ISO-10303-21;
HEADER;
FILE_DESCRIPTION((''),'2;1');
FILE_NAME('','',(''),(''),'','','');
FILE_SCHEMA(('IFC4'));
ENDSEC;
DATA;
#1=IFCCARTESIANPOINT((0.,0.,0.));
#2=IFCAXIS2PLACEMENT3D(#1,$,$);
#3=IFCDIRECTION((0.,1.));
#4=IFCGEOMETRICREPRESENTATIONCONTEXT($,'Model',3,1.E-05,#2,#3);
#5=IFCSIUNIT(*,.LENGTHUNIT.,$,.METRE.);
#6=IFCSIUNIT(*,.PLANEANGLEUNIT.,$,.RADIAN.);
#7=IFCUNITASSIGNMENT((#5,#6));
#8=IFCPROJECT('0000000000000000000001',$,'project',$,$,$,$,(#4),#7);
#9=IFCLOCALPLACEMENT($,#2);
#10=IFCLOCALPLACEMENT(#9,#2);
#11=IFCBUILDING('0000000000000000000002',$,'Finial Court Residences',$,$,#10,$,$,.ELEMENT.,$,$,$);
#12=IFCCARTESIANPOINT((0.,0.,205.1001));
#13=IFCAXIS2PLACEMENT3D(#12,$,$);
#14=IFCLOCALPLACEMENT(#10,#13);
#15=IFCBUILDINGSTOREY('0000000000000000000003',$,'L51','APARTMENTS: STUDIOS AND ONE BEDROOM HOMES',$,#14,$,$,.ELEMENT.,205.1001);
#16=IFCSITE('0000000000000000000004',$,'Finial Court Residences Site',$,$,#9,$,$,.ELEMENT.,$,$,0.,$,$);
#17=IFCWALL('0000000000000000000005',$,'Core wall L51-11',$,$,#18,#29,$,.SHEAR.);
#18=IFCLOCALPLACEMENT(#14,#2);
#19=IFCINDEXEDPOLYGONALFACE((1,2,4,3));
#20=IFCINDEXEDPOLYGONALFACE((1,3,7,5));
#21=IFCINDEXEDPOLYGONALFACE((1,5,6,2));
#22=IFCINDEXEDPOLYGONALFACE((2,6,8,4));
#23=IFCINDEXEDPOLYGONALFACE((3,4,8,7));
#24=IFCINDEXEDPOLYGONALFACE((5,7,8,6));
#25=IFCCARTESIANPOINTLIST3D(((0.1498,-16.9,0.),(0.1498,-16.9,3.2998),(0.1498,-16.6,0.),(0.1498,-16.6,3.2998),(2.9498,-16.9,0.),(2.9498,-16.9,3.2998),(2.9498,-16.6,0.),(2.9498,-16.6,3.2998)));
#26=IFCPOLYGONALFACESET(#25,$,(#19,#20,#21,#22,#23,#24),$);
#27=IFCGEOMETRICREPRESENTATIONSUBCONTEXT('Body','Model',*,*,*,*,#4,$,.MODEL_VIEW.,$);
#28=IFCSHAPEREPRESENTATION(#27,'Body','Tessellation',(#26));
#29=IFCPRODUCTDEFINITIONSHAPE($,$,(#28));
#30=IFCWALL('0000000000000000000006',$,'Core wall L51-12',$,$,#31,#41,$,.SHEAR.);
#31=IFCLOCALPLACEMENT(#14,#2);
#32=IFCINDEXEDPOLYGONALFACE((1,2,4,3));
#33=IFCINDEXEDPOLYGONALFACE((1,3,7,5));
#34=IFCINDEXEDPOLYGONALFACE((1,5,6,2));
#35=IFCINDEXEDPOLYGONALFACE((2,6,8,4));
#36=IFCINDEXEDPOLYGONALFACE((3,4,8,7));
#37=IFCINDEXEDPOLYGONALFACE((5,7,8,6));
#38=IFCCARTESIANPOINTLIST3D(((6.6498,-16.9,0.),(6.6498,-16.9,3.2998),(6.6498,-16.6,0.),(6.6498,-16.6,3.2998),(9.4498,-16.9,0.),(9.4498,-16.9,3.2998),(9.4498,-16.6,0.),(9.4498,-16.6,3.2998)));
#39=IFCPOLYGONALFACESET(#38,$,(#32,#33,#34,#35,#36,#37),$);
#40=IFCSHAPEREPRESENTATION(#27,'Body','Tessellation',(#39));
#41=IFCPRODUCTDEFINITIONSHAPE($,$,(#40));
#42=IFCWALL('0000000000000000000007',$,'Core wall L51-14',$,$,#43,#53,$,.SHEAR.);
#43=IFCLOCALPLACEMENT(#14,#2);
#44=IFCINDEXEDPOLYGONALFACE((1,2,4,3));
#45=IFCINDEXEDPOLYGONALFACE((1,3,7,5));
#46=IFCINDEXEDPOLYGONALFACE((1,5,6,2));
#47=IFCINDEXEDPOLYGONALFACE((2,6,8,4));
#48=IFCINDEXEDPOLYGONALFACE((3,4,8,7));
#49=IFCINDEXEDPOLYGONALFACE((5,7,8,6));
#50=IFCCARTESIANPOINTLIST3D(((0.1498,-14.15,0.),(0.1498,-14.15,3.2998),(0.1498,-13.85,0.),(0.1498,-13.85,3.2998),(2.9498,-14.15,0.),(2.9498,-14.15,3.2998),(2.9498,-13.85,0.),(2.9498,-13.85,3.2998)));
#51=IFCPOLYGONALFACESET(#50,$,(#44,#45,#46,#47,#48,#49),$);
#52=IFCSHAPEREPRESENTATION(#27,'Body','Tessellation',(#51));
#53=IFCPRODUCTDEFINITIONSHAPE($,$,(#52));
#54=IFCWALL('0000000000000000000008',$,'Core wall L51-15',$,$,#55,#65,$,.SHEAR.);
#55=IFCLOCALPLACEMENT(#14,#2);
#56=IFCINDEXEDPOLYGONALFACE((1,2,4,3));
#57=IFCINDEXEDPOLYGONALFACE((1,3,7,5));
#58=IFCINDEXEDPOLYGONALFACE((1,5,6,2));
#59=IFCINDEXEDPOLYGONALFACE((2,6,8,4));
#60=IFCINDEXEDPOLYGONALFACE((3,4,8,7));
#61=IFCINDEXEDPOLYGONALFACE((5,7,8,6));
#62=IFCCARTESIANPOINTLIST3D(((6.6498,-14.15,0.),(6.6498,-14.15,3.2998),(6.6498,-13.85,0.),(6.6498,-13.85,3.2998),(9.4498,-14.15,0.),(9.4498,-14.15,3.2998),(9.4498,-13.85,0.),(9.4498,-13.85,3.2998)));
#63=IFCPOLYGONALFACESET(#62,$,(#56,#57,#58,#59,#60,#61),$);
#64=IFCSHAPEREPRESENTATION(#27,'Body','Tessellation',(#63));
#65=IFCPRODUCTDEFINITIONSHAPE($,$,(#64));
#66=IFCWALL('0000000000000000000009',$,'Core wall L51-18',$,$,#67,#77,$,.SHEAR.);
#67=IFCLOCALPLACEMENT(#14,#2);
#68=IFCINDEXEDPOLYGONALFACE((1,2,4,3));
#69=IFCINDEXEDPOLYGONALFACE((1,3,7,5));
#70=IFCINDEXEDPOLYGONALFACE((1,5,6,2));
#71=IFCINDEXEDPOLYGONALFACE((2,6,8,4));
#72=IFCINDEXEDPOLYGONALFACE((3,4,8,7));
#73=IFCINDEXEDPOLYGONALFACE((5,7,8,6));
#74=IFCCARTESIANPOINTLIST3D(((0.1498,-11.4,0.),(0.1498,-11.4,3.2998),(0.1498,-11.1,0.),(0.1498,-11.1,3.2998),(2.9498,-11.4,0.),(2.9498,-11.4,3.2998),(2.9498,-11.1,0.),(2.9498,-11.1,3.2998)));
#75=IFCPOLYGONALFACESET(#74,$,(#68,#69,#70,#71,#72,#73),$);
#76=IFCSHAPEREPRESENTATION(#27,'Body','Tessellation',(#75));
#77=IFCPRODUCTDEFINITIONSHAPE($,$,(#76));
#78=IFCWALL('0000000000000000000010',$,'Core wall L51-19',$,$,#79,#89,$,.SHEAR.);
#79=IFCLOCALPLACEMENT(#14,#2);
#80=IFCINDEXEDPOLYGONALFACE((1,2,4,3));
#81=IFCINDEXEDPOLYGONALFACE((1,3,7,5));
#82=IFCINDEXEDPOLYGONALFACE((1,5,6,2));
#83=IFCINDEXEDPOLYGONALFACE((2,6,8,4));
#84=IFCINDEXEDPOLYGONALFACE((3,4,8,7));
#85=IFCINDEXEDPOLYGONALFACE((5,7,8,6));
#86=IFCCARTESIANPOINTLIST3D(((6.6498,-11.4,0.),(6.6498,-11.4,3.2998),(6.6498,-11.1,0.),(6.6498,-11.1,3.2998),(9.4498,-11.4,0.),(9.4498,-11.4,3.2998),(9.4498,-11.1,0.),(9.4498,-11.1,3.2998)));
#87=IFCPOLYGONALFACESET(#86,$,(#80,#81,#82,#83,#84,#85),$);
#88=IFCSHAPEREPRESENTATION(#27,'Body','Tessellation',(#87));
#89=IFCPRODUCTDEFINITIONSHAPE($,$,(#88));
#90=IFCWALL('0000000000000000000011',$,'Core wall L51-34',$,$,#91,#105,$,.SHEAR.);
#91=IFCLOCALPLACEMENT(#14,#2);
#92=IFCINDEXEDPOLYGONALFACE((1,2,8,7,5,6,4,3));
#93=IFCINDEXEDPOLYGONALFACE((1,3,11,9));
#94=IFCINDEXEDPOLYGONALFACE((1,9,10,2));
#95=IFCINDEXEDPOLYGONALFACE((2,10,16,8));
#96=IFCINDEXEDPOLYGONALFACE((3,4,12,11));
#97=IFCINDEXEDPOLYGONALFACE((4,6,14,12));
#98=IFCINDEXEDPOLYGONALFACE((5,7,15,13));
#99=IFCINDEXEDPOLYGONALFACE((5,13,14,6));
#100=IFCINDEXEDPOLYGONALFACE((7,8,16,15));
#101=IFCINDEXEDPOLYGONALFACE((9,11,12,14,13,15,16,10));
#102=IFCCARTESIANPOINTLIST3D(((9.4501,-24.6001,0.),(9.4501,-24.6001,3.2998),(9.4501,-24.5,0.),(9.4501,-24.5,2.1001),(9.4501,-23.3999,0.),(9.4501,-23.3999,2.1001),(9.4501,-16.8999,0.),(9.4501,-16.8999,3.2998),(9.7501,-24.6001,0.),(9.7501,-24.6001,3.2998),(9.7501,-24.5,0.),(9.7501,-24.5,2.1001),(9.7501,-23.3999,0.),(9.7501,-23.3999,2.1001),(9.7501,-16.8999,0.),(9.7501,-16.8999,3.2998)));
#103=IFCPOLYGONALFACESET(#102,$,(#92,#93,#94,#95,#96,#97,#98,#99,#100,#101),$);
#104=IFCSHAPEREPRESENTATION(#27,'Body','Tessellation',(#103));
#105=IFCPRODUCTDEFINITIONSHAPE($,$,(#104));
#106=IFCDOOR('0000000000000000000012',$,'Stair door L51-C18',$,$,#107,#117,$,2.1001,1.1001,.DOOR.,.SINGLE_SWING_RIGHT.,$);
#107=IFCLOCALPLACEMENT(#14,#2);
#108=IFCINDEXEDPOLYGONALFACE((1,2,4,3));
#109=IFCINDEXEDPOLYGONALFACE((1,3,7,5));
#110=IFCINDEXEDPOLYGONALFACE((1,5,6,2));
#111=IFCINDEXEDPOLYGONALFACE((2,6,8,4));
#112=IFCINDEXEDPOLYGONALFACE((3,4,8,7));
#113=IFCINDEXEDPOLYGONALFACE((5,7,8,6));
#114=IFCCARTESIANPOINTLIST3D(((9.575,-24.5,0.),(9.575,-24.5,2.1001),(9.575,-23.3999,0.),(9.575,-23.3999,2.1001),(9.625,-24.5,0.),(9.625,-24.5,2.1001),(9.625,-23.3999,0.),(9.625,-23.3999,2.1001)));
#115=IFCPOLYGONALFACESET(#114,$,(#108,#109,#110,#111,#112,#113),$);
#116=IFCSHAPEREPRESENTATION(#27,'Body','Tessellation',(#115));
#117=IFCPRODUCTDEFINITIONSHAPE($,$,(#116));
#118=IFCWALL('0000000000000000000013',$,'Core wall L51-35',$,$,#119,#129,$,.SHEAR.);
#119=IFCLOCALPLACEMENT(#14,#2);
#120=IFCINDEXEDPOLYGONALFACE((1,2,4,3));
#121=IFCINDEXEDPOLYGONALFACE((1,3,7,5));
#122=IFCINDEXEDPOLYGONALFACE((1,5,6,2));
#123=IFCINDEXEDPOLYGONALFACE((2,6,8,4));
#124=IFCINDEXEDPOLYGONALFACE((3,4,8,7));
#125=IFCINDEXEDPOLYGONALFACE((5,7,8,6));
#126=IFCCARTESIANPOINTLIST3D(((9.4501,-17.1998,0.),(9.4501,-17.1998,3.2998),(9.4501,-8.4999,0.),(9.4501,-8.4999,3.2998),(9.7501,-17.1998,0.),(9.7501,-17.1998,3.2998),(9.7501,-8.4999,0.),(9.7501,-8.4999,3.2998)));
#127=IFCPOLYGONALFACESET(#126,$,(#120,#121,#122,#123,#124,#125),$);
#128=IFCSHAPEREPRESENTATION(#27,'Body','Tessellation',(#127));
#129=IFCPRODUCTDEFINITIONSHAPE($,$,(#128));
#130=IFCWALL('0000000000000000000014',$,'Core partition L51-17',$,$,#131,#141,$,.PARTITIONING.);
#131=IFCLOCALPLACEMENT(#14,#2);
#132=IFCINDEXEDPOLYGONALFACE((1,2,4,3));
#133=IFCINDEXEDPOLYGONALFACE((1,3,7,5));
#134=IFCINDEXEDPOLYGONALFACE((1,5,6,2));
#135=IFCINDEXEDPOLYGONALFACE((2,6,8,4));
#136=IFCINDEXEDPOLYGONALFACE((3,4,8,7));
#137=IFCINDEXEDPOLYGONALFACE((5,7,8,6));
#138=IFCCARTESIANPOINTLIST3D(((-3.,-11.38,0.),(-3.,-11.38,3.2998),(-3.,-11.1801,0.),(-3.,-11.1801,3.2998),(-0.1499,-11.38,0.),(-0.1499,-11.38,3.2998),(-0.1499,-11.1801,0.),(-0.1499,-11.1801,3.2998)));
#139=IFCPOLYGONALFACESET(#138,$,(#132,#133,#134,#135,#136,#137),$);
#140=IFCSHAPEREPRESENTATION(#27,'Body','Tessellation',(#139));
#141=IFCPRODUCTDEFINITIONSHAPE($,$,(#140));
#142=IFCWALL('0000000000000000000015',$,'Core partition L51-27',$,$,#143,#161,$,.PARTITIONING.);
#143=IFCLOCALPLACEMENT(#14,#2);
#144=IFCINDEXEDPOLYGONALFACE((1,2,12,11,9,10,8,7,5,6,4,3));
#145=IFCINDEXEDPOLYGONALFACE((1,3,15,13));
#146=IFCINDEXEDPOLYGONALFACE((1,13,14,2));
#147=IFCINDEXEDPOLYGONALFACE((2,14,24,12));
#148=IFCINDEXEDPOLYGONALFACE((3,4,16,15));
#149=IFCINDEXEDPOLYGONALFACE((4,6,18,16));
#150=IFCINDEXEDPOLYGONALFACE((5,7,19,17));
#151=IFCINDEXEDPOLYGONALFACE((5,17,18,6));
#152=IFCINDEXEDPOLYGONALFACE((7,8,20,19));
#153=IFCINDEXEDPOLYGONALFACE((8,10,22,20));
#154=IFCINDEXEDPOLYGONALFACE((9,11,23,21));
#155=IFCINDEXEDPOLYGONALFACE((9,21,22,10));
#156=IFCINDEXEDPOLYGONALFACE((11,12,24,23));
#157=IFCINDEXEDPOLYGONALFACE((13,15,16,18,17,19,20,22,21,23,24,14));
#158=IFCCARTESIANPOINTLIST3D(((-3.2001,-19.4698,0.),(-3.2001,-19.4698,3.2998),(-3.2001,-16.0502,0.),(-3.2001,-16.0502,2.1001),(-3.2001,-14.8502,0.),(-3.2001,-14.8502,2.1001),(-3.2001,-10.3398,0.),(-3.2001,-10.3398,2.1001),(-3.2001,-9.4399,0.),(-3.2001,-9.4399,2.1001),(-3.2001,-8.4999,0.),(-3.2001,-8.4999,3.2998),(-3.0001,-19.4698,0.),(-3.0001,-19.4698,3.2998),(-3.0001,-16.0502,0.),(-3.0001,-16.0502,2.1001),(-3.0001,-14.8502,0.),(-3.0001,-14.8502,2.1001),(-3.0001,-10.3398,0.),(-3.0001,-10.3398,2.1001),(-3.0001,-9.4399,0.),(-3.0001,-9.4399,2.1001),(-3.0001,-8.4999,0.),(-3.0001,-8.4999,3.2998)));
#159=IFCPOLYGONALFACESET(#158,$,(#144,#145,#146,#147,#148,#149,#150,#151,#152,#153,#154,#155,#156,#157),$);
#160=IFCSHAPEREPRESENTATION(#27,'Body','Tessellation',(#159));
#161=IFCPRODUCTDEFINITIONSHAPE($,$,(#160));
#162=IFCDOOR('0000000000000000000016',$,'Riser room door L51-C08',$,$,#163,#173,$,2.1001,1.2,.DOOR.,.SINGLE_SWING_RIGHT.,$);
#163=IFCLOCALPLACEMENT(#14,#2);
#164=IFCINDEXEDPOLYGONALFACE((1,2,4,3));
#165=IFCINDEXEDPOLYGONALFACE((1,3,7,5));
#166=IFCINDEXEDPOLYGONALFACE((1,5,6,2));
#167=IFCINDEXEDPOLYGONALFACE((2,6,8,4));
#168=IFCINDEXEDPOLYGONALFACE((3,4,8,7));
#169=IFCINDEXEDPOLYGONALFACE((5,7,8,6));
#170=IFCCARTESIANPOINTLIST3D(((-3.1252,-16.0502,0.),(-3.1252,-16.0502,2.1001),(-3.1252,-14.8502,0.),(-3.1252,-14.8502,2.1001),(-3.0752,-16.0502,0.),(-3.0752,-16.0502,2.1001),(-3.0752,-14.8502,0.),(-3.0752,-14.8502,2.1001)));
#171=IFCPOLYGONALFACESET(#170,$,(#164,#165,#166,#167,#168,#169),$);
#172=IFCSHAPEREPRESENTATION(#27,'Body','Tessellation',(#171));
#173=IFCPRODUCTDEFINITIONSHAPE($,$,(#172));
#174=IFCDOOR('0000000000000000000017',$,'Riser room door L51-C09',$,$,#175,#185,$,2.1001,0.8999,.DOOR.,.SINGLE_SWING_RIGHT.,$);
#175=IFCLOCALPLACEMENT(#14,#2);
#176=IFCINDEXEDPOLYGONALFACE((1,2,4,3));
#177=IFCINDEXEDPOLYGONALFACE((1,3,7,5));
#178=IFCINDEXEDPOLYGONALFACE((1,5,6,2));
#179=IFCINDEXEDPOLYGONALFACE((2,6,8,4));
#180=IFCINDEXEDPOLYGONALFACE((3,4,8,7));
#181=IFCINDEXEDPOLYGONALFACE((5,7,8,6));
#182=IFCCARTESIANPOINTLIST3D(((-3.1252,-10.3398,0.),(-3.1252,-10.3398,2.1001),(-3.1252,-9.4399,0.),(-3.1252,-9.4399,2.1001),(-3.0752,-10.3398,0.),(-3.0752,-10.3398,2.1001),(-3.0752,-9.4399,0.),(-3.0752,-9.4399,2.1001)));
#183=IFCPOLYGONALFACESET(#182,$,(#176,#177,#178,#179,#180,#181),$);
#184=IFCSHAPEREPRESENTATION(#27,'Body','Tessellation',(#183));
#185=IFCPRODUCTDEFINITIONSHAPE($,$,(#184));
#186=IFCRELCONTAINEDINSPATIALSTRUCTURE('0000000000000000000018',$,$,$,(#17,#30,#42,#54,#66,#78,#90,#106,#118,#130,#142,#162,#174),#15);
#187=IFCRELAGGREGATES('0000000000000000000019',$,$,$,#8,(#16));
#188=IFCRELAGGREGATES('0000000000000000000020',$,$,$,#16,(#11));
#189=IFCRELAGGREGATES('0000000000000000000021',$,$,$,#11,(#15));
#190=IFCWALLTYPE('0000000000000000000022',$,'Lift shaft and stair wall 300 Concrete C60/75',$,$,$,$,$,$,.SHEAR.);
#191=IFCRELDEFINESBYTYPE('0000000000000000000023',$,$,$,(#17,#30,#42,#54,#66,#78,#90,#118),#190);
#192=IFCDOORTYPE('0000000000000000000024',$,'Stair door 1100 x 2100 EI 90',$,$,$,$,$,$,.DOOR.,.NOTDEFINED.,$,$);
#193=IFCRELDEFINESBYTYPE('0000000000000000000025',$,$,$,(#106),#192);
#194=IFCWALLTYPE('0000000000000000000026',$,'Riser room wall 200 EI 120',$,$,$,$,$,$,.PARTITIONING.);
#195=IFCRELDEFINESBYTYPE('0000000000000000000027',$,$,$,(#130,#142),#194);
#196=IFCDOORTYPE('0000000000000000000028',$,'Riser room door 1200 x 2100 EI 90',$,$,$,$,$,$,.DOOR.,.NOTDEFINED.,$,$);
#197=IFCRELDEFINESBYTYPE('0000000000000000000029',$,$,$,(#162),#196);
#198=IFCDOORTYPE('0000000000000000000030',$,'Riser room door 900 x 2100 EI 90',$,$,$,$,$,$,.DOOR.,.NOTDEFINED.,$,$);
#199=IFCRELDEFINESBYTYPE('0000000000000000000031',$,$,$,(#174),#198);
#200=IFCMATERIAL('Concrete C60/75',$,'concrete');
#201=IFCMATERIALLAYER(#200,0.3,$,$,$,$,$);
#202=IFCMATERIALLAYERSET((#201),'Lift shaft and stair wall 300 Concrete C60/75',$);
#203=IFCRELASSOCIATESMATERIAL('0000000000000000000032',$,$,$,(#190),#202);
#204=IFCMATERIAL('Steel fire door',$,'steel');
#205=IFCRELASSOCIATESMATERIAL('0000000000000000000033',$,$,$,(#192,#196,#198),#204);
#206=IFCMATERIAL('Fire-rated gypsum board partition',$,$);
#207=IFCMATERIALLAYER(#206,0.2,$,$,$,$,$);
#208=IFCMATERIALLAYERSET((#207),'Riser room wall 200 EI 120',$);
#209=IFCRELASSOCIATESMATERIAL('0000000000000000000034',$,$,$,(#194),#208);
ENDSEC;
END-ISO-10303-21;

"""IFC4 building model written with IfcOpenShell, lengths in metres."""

from ifc_helpers import new_model, si_unit, direction, frame, frame_2d, origin, place, context, subcontext, project, spatial, rectangle, extrude, material, layer, layer_set, type_object, element, fill, save


model = new_model("IFC4")

# Units and contexts
model_context = context("Model", 3, precision=1e-05, world=origin(), true_north=direction((0.0, 1.0)))
body_context = subcontext(model_context, "Body", "Model", "MODEL_VIEW")
ifc_project = project(units=[si_unit("LENGTHUNIT", "METRE"), si_unit("PLANEANGLEUNIT", "RADIAN")], contexts=[model_context])

# Site, building, storey
site_placement = place(None, origin())
site = spatial("IfcSite", under=ifc_project, at=site_placement, Name="Finial Court Residences Site", CompositionType="ELEMENT", RefElevation=0.0)
building_placement = place(site_placement, origin())
building = spatial("IfcBuilding", under=site, at=building_placement, Name="Finial Court Residences", CompositionType="ELEMENT")
storey_placement = place(building_placement, frame((0.0, 0.0, 205.1001)))
storey = spatial("IfcBuildingStorey", under=building, at=storey_placement, Name="L51", Description="APARTMENTS: STUDIOS AND ONE BEDROOM HOMES", CompositionType="ELEMENT", Elevation=205.1001)

# Shared definitions
ifc_material_1 = material(Name="Fire-rated gypsum board partition")
ifc_material_2 = material(Name="Steel fire door", Category="steel")

# Walls
ifc_material_3 = material(Name="Concrete C60/75", Category="concrete")
ifc_layer_1 = layer(ifc_material_3, 0.3)
ifc_layer_set_1 = layer_set([ifc_layer_1], Name="Lift shaft and stair wall 300 Concrete C60/75")
wall_type_1 = type_object("IfcWallType", Name="Lift shaft and stair wall 300 Concrete C60/75", PredefinedType="SHEAR", material=ifc_layer_set_1)
for number, where, z_axis, x_axis, name in (
    (1, (0.1499, -16.75, 0.0), (0.0, 0.0, 1.0), (1.0, 0.0, 0.0), "Core wall L51-11"),
    (2, (6.6499, -16.75, 0.0), (0.0, 0.0, 1.0), (1.0, 0.0, 0.0), "Core wall L51-12"),
    (3, (0.1499, -14.0, 0.0), (0.0, 0.0, 1.0), (1.0, 0.0, 0.0), "Core wall L51-14"),
    (4, (6.6499, -14.0, 0.0), (0.0, 0.0, 1.0), (1.0, 0.0, 0.0), "Core wall L51-15"),
    (5, (0.1499, -11.25, 0.0), (0.0, 0.0, 1.0), (1.0, 0.0, 0.0), "Core wall L51-18"),
    (6, (6.6499, -11.25, 0.0), (0.0, 0.0, 1.0), (1.0, 0.0, 0.0), "Core wall L51-19"),
):
    element("IfcWall", number, at=place(storey_placement, frame(where, z_axis=z_axis, x_axis=x_axis)), inside=storey, type_object=wall_type_1, Name=name, PredefinedType="SHEAR", context=body_context, shape_type="SweptSolid", body=[
        extrude(rectangle(XDim=2.8, YDim=0.3, at=frame_2d((1.3999, 0.0))), origin(), (0.0, 0.0, 1.0), 3.2998),
    ])

# Wall, opening, door
wall_1_placement = place(storey_placement, frame((9.6001, -16.8999, 0.0), z_axis=(0.0, 0.0, 1.0), x_axis=(0.0, -1.0, 0.0)))
wall_1 = element("IfcWall", 7, at=wall_1_placement, inside=storey, type_object=wall_type_1, Name="Core wall L51-34", PredefinedType="SHEAR", context=body_context, shape_type="SweptSolid", body=[
    extrude(rectangle(XDim=7.7002, YDim=0.3, at=frame_2d((3.8501, 0.0))), origin(), (0.0, 0.0, 1.0), 3.2998),
])
opening_1_placement = place(wall_1_placement, frame((6.5, 0.0, 0.0)))
opening_1 = element("IfcOpeningElement", 8, at=opening_1_placement, cuts=wall_1, PredefinedType="OPENING", context=body_context, shape_type="SweptSolid", body=[
    extrude(rectangle(XDim=1.1001, YDim=2.1001, at=frame_2d((0.55, 1.05))), frame((0.0, 0.1599, 0.0), z_axis=(0.0, -1.0, 0.0), x_axis=(1.0, 0.0, 0.0)), (0.0, 0.0, 1.0), 0.3201),
])
door_type_1 = type_object("IfcDoorType", Name="Stair door 1100 x 2100 EI 90", OperationType="NOTDEFINED", PredefinedType="DOOR", material=ifc_material_2)
door_1_placement = place(opening_1_placement, origin())
door_1 = element("IfcDoor", 9, at=door_1_placement, inside=storey, type_object=door_type_1, Name="Stair door L51-C18", OperationType="SINGLE_SWING_RIGHT", OverallHeight=2.1001, OverallWidth=1.1001, PredefinedType="DOOR", context=body_context, shape_type="SweptSolid", body=[
    extrude(rectangle(XDim=1.1001, YDim=2.1001, at=frame_2d((0.55, 1.05))), frame((0.0, 0.0249, 0.0), z_axis=(0.0, -1.0, 0.0), x_axis=(1.0, 0.0, 0.0)), (0.0, 0.0, 1.0), 0.05),
])
fill(opening_1, door_1)

# Walls
wall_2_placement = place(storey_placement, frame((9.6001, -17.2, 0.0), z_axis=(0.0, 0.0, 1.0), x_axis=(0.0, 1.0, 0.0)))
element("IfcWall", 10, at=wall_2_placement, inside=storey, type_object=wall_type_1, Name="Core wall L51-35", PredefinedType="SHEAR", context=body_context, shape_type="SweptSolid", body=[
    extrude(rectangle(XDim=8.7, YDim=0.3, at=frame_2d((4.3501, 0.0))), origin(), (0.0, 0.0, 1.0), 3.2998),
])
ifc_layer_2 = layer(ifc_material_1, 0.2)
ifc_layer_set_2 = layer_set([ifc_layer_2], Name="Riser room wall 200 EI 120")
wall_type_2 = type_object("IfcWallType", Name="Riser room wall 200 EI 120", PredefinedType="PARTITIONING", material=ifc_layer_set_2)
wall_3_placement = place(storey_placement, frame((-3.0, -11.28, 0.0), z_axis=(0.0, 0.0, 1.0), x_axis=(1.0, 0.0, 0.0)))
element("IfcWall", 11, at=wall_3_placement, inside=storey, type_object=wall_type_2, Name="Core partition L51-17", PredefinedType="PARTITIONING", context=body_context, shape_type="SweptSolid", body=[
    extrude(rectangle(XDim=2.8501, YDim=0.2, at=frame_2d((1.425, 0.0))), origin(), (0.0, 0.0, 1.0), 3.2998),
])

# Wall, openings, doors
wall_4_placement = place(storey_placement, frame((-3.1001, -8.5, 0.0), z_axis=(0.0, 0.0, 1.0), x_axis=(0.0, -1.0, 0.0)))
wall_4 = element("IfcWall", 12, at=wall_4_placement, inside=storey, type_object=wall_type_2, Name="Core partition L51-27", PredefinedType="PARTITIONING", context=body_context, shape_type="SweptSolid", body=[
    extrude(rectangle(XDim=10.97, YDim=0.2, at=frame_2d((5.4849, 0.0))), origin(), (0.0, 0.0, 1.0), 3.2998),
])
opening_2_placement = place(wall_4_placement, frame((6.3501, 0.0, 0.0)))
opening_2 = element("IfcOpeningElement", 13, at=opening_2_placement, cuts=wall_4, PredefinedType="OPENING", context=body_context, shape_type="SweptSolid", body=[
    extrude(rectangle(XDim=1.2, YDim=2.1001, at=frame_2d((0.6001, 1.05))), frame((0.0, 0.1099, 0.0), z_axis=(0.0, -1.0, 0.0), x_axis=(1.0, 0.0, 0.0)), (0.0, 0.0, 1.0), 0.22),
])
opening_3_placement = place(wall_4_placement, frame((0.9399, 0.0, 0.0)))
opening_3 = element("IfcOpeningElement", 14, at=opening_3_placement, cuts=wall_4, PredefinedType="OPENING", context=body_context, shape_type="SweptSolid", body=[
    extrude(rectangle(XDim=0.8999, YDim=2.1001, at=frame_2d((0.45, 1.05))), frame((0.0, 0.1099, 0.0), z_axis=(0.0, -1.0, 0.0), x_axis=(1.0, 0.0, 0.0)), (0.0, 0.0, 1.0), 0.22),
])
door_type_2 = type_object("IfcDoorType", Name="Riser room door 1200 x 2100 EI 90", OperationType="NOTDEFINED", PredefinedType="DOOR", material=ifc_material_2)
door_2_placement = place(opening_2_placement, origin())
door_2 = element("IfcDoor", 15, at=door_2_placement, inside=storey, type_object=door_type_2, Name="Riser room door L51-C08", OperationType="SINGLE_SWING_RIGHT", OverallHeight=2.1001, OverallWidth=1.2, PredefinedType="DOOR", context=body_context, shape_type="SweptSolid", body=[
    extrude(rectangle(XDim=1.2, YDim=2.1001, at=frame_2d((0.6001, 1.05))), frame((0.0, 0.0249, 0.0), z_axis=(0.0, -1.0, 0.0), x_axis=(1.0, 0.0, 0.0)), (0.0, 0.0, 1.0), 0.05),
])
fill(opening_2, door_2)
door_type_3 = type_object("IfcDoorType", Name="Riser room door 900 x 2100 EI 90", OperationType="NOTDEFINED", PredefinedType="DOOR", material=ifc_material_2)
door_3_placement = place(opening_3_placement, origin())
door_3 = element("IfcDoor", 16, at=door_3_placement, inside=storey, type_object=door_type_3, Name="Riser room door L51-C09", OperationType="SINGLE_SWING_RIGHT", OverallHeight=2.1001, OverallWidth=0.8999, PredefinedType="DOOR", context=body_context, shape_type="SweptSolid", body=[
    extrude(rectangle(XDim=0.8999, YDim=2.1001, at=frame_2d((0.45, 1.05))), frame((0.0, 0.0249, 0.0), z_axis=(0.0, -1.0, 0.0), x_axis=(1.0, 0.0, 0.0)), (0.0, 0.0, 1.0), 0.05),
])
fill(opening_3, door_3)

save(model, "model.ifc")
